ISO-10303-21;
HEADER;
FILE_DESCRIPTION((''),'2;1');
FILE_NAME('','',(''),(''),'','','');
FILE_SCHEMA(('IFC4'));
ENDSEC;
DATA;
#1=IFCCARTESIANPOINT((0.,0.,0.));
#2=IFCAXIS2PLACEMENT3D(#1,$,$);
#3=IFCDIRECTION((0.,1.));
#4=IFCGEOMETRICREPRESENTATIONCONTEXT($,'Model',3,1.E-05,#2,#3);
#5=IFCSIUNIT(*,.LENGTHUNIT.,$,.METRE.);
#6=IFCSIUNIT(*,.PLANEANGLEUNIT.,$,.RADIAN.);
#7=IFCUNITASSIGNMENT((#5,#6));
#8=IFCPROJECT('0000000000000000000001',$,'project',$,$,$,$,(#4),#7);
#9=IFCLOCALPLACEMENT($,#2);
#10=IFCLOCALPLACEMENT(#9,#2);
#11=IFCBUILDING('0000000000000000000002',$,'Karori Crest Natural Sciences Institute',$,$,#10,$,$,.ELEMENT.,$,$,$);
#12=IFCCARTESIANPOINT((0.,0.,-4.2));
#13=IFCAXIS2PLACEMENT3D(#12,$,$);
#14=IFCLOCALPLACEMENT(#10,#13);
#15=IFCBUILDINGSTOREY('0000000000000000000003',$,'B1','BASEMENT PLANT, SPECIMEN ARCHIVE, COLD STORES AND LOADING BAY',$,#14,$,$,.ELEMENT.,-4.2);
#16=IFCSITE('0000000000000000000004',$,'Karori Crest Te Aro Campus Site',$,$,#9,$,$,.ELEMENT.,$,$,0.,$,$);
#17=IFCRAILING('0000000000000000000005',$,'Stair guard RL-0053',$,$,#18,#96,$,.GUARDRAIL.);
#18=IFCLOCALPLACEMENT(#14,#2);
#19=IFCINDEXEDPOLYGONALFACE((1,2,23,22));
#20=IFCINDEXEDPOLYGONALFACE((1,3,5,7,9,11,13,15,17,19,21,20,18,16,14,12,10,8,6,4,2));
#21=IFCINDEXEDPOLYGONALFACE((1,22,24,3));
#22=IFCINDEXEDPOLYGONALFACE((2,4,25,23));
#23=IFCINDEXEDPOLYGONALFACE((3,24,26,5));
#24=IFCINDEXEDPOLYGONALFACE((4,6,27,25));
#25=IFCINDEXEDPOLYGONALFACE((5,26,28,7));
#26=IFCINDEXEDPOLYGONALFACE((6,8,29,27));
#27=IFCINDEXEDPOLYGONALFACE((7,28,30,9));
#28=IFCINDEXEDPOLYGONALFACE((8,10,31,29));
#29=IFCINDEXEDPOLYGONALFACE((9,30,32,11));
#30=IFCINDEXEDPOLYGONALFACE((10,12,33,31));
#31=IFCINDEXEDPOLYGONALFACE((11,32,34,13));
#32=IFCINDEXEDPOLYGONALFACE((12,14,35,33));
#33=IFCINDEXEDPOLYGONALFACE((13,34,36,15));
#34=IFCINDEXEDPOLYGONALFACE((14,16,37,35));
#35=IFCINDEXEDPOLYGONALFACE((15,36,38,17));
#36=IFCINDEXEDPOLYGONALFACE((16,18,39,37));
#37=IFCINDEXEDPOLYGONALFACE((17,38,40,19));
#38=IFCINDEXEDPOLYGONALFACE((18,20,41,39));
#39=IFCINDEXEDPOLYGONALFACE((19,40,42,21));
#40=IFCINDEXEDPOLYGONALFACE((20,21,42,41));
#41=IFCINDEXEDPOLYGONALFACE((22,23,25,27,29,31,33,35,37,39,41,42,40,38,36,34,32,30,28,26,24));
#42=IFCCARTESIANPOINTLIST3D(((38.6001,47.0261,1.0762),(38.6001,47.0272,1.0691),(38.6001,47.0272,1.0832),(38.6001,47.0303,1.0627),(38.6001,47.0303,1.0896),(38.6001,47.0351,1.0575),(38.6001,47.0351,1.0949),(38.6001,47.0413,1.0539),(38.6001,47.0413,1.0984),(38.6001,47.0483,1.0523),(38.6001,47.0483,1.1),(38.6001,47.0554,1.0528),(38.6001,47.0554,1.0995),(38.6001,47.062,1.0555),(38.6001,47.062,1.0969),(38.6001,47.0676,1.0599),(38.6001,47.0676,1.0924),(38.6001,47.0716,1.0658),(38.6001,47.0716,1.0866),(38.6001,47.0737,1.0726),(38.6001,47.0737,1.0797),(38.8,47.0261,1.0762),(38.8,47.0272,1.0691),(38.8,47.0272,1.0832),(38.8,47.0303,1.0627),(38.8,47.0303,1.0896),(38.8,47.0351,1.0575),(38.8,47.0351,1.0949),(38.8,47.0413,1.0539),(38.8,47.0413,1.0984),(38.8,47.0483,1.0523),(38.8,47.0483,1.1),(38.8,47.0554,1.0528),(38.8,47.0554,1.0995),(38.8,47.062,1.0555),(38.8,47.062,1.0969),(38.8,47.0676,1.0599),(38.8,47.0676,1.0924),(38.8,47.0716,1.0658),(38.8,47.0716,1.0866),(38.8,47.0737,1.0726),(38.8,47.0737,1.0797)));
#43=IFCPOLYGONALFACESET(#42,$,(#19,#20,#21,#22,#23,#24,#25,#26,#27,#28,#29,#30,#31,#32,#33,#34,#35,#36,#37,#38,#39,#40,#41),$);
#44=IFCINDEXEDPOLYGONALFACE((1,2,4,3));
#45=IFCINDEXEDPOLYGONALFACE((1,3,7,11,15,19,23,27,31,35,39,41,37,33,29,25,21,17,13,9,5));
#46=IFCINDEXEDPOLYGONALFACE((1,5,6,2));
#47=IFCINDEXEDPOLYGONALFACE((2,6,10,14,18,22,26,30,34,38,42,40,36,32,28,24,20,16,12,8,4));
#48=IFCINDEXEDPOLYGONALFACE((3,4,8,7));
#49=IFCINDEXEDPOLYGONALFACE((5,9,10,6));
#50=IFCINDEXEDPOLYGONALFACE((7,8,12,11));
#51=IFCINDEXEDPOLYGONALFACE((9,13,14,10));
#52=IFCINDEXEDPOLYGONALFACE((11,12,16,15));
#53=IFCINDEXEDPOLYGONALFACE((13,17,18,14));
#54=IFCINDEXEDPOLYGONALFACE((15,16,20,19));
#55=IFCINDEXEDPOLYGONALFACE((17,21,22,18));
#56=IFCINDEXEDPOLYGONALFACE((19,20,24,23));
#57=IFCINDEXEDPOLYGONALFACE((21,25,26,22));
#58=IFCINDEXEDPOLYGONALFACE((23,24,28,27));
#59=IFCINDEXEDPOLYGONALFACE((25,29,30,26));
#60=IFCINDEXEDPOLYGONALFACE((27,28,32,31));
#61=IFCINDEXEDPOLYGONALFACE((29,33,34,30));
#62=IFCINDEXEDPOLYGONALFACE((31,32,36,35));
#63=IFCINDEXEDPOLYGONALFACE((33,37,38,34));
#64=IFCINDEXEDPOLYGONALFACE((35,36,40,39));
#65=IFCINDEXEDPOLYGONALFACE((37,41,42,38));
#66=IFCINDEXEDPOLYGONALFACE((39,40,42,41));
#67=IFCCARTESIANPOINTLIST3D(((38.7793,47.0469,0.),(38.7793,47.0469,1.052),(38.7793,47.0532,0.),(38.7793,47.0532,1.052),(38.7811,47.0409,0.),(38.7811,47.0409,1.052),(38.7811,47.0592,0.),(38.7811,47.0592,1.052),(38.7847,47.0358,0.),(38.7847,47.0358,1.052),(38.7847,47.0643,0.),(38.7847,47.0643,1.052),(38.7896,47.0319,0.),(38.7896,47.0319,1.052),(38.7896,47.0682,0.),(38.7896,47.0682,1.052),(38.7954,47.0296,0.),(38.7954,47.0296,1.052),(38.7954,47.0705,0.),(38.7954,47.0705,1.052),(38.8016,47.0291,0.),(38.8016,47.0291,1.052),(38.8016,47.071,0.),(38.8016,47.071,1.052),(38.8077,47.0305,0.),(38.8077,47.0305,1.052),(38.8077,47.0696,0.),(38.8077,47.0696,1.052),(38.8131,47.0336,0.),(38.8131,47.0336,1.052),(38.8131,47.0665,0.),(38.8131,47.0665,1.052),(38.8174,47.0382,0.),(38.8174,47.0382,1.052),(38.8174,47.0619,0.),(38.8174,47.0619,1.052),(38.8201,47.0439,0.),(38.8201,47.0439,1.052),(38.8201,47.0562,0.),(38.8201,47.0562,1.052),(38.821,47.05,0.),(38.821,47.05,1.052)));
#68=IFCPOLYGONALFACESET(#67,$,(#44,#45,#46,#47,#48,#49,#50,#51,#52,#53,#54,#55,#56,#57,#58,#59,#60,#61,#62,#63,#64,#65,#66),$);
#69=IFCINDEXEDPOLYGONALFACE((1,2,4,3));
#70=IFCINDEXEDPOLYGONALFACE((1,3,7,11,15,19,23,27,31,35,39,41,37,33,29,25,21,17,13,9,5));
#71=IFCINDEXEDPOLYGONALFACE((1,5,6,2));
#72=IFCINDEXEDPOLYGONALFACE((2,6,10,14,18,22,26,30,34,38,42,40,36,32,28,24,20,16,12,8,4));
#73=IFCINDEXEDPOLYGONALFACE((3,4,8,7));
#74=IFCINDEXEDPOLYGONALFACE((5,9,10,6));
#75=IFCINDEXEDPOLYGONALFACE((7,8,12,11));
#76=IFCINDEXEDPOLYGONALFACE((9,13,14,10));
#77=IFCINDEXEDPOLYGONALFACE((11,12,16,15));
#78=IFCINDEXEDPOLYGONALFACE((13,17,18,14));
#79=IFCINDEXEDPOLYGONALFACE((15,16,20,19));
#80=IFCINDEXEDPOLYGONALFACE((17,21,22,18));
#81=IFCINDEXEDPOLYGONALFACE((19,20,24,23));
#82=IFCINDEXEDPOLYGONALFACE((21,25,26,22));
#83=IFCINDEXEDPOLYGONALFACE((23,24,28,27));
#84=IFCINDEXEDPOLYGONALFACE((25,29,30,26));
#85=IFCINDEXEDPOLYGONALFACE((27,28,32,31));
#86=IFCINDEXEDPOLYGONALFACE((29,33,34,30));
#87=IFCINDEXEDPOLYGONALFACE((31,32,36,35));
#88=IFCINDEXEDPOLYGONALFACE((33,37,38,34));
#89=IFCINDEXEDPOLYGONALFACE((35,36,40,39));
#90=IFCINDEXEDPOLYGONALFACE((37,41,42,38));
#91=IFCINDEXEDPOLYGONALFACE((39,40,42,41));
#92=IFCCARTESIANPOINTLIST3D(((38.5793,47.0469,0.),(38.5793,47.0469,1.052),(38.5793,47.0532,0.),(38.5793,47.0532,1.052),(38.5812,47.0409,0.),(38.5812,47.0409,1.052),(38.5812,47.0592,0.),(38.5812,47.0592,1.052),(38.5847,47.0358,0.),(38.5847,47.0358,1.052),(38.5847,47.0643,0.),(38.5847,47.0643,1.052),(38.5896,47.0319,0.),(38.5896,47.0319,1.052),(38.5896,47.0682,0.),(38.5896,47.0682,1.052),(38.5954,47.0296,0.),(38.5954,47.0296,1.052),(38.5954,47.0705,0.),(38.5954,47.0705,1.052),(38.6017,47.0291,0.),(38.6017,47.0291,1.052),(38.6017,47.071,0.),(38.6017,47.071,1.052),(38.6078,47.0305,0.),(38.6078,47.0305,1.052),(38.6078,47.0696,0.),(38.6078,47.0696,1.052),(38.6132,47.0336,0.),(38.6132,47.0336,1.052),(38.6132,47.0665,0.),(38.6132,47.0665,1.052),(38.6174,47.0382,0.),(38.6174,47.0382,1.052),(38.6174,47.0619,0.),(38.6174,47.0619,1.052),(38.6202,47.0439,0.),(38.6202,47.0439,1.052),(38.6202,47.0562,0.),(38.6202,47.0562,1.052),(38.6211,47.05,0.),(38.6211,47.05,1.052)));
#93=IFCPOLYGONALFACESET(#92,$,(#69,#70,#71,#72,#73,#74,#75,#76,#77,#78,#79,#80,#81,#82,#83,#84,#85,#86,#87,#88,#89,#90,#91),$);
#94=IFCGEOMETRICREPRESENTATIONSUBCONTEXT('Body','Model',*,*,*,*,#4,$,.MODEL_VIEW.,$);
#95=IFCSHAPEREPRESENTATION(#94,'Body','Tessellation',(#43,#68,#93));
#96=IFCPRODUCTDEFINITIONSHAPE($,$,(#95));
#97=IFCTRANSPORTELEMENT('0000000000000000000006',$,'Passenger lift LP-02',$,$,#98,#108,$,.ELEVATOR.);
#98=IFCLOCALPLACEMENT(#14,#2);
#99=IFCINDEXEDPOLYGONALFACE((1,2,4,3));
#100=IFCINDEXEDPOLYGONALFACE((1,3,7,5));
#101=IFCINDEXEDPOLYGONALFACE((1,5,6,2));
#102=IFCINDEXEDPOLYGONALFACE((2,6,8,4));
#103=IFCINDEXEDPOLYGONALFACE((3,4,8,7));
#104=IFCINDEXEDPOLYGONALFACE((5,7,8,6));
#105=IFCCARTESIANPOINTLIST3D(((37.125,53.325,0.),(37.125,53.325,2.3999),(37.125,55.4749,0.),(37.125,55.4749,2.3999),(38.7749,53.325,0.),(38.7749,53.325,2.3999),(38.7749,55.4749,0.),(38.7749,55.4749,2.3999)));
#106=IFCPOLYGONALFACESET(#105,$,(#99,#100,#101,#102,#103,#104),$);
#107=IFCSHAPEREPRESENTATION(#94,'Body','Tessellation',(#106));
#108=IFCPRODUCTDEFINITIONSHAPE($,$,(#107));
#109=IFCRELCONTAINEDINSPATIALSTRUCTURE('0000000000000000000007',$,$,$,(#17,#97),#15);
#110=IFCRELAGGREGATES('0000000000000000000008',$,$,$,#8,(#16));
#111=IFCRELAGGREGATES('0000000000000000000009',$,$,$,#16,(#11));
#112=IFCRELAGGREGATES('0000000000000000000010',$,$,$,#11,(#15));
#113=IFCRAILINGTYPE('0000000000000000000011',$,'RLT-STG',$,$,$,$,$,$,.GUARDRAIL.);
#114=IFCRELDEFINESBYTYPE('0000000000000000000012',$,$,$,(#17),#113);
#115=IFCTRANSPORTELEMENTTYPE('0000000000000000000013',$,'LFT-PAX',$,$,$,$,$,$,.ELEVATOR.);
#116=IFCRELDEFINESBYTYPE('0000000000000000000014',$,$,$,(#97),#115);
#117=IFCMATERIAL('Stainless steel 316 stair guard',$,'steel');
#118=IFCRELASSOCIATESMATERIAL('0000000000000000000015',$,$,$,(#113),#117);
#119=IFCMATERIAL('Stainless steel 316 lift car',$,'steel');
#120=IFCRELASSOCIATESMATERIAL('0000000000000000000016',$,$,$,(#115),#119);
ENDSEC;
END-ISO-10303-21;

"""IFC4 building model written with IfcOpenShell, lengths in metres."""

from ifc_helpers import new_model, si_unit, direction, frame, origin, origin_2d, place, context, subcontext, project, spatial, rectangle, circle, extrude, material, type_object, element, save


model = new_model("IFC4")

# Units and contexts
model_context = context("Model", 3, precision=1e-05, world=origin(), true_north=direction((0.0, 1.0)))
body_context = subcontext(model_context, "Body", "Model", "MODEL_VIEW")
ifc_project = project(units=[si_unit("LENGTHUNIT", "METRE"), si_unit("PLANEANGLEUNIT", "RADIAN")], contexts=[model_context])

# Site, building, storey
site_placement = place(None, origin())
site = spatial("IfcSite", under=ifc_project, at=site_placement, Name="Karori Crest Te Aro Campus Site", CompositionType="ELEMENT", RefElevation=0.0)
building_placement = place(site_placement, origin())
building = spatial("IfcBuilding", under=site, at=building_placement, Name="Karori Crest Natural Sciences Institute", CompositionType="ELEMENT")
storey_placement = place(building_placement, frame((0.0, 0.0, -4.2)))
storey = spatial("IfcBuildingStorey", under=building, at=storey_placement, Name="B1", Description="BASEMENT PLANT, SPECIMEN ARCHIVE, COLD STORES AND LOADING BAY", CompositionType="ELEMENT", Elevation=-4.2)

# Railing
ifc_material_1 = material(Name="Stainless steel 316 stair guard", Category="steel")
railing_type_1 = type_object("IfcRailingType", Name="RLT-STG", PredefinedType="GUARDRAIL", material=ifc_material_1)
railing_1_placement = place(storey_placement, frame((38.8, 47.05, 0.0)))
element("IfcRailing", 1, at=railing_1_placement, inside=storey, type_object=railing_type_1, Name="Stair guard RL-0053", PredefinedType="GUARDRAIL", context=body_context, shape_type="SweptSolid", body=[
    extrude(circle(Radius=0.0239, at=origin_2d()), frame((0.0, 0.0, 1.0762), z_axis=(-1.0, 0.0, 0.0), x_axis=(0.0, -1.0, 0.0)), (0.0, 0.0, 1.0), 0.2),
    extrude(circle(Radius=0.021, at=origin_2d()), origin(), (0.0, 0.0, 1.0), 1.052),
    extrude(circle(Radius=0.021, at=origin_2d()), frame((-0.2, 0.0, 0.0)), (0.0, 0.0, 1.0), 1.052),
])

# Transport element
ifc_material_2 = material(Name="Stainless steel 316 lift car", Category="steel")
transport_element_type = type_object("IfcTransportElementType", Name="LFT-PAX", PredefinedType="ELEVATOR", material=ifc_material_2)
transport_element_placement = place(storey_placement, frame((37.95, 54.3999, 0.0), z_axis=(0.0, 0.0, 1.0), x_axis=(1.0, 0.0, 0.0)))
element("IfcTransportElement", 2, at=transport_element_placement, inside=storey, type_object=transport_element_type, Name="Passenger lift LP-02", PredefinedType="ELEVATOR", context=body_context, shape_type="SweptSolid", body=[
    extrude(rectangle(XDim=1.6499, YDim=2.1499, at=origin_2d()), origin(), (0.0, 0.0, 1.0), 2.3999),
])

save(model, "model.ifc")
